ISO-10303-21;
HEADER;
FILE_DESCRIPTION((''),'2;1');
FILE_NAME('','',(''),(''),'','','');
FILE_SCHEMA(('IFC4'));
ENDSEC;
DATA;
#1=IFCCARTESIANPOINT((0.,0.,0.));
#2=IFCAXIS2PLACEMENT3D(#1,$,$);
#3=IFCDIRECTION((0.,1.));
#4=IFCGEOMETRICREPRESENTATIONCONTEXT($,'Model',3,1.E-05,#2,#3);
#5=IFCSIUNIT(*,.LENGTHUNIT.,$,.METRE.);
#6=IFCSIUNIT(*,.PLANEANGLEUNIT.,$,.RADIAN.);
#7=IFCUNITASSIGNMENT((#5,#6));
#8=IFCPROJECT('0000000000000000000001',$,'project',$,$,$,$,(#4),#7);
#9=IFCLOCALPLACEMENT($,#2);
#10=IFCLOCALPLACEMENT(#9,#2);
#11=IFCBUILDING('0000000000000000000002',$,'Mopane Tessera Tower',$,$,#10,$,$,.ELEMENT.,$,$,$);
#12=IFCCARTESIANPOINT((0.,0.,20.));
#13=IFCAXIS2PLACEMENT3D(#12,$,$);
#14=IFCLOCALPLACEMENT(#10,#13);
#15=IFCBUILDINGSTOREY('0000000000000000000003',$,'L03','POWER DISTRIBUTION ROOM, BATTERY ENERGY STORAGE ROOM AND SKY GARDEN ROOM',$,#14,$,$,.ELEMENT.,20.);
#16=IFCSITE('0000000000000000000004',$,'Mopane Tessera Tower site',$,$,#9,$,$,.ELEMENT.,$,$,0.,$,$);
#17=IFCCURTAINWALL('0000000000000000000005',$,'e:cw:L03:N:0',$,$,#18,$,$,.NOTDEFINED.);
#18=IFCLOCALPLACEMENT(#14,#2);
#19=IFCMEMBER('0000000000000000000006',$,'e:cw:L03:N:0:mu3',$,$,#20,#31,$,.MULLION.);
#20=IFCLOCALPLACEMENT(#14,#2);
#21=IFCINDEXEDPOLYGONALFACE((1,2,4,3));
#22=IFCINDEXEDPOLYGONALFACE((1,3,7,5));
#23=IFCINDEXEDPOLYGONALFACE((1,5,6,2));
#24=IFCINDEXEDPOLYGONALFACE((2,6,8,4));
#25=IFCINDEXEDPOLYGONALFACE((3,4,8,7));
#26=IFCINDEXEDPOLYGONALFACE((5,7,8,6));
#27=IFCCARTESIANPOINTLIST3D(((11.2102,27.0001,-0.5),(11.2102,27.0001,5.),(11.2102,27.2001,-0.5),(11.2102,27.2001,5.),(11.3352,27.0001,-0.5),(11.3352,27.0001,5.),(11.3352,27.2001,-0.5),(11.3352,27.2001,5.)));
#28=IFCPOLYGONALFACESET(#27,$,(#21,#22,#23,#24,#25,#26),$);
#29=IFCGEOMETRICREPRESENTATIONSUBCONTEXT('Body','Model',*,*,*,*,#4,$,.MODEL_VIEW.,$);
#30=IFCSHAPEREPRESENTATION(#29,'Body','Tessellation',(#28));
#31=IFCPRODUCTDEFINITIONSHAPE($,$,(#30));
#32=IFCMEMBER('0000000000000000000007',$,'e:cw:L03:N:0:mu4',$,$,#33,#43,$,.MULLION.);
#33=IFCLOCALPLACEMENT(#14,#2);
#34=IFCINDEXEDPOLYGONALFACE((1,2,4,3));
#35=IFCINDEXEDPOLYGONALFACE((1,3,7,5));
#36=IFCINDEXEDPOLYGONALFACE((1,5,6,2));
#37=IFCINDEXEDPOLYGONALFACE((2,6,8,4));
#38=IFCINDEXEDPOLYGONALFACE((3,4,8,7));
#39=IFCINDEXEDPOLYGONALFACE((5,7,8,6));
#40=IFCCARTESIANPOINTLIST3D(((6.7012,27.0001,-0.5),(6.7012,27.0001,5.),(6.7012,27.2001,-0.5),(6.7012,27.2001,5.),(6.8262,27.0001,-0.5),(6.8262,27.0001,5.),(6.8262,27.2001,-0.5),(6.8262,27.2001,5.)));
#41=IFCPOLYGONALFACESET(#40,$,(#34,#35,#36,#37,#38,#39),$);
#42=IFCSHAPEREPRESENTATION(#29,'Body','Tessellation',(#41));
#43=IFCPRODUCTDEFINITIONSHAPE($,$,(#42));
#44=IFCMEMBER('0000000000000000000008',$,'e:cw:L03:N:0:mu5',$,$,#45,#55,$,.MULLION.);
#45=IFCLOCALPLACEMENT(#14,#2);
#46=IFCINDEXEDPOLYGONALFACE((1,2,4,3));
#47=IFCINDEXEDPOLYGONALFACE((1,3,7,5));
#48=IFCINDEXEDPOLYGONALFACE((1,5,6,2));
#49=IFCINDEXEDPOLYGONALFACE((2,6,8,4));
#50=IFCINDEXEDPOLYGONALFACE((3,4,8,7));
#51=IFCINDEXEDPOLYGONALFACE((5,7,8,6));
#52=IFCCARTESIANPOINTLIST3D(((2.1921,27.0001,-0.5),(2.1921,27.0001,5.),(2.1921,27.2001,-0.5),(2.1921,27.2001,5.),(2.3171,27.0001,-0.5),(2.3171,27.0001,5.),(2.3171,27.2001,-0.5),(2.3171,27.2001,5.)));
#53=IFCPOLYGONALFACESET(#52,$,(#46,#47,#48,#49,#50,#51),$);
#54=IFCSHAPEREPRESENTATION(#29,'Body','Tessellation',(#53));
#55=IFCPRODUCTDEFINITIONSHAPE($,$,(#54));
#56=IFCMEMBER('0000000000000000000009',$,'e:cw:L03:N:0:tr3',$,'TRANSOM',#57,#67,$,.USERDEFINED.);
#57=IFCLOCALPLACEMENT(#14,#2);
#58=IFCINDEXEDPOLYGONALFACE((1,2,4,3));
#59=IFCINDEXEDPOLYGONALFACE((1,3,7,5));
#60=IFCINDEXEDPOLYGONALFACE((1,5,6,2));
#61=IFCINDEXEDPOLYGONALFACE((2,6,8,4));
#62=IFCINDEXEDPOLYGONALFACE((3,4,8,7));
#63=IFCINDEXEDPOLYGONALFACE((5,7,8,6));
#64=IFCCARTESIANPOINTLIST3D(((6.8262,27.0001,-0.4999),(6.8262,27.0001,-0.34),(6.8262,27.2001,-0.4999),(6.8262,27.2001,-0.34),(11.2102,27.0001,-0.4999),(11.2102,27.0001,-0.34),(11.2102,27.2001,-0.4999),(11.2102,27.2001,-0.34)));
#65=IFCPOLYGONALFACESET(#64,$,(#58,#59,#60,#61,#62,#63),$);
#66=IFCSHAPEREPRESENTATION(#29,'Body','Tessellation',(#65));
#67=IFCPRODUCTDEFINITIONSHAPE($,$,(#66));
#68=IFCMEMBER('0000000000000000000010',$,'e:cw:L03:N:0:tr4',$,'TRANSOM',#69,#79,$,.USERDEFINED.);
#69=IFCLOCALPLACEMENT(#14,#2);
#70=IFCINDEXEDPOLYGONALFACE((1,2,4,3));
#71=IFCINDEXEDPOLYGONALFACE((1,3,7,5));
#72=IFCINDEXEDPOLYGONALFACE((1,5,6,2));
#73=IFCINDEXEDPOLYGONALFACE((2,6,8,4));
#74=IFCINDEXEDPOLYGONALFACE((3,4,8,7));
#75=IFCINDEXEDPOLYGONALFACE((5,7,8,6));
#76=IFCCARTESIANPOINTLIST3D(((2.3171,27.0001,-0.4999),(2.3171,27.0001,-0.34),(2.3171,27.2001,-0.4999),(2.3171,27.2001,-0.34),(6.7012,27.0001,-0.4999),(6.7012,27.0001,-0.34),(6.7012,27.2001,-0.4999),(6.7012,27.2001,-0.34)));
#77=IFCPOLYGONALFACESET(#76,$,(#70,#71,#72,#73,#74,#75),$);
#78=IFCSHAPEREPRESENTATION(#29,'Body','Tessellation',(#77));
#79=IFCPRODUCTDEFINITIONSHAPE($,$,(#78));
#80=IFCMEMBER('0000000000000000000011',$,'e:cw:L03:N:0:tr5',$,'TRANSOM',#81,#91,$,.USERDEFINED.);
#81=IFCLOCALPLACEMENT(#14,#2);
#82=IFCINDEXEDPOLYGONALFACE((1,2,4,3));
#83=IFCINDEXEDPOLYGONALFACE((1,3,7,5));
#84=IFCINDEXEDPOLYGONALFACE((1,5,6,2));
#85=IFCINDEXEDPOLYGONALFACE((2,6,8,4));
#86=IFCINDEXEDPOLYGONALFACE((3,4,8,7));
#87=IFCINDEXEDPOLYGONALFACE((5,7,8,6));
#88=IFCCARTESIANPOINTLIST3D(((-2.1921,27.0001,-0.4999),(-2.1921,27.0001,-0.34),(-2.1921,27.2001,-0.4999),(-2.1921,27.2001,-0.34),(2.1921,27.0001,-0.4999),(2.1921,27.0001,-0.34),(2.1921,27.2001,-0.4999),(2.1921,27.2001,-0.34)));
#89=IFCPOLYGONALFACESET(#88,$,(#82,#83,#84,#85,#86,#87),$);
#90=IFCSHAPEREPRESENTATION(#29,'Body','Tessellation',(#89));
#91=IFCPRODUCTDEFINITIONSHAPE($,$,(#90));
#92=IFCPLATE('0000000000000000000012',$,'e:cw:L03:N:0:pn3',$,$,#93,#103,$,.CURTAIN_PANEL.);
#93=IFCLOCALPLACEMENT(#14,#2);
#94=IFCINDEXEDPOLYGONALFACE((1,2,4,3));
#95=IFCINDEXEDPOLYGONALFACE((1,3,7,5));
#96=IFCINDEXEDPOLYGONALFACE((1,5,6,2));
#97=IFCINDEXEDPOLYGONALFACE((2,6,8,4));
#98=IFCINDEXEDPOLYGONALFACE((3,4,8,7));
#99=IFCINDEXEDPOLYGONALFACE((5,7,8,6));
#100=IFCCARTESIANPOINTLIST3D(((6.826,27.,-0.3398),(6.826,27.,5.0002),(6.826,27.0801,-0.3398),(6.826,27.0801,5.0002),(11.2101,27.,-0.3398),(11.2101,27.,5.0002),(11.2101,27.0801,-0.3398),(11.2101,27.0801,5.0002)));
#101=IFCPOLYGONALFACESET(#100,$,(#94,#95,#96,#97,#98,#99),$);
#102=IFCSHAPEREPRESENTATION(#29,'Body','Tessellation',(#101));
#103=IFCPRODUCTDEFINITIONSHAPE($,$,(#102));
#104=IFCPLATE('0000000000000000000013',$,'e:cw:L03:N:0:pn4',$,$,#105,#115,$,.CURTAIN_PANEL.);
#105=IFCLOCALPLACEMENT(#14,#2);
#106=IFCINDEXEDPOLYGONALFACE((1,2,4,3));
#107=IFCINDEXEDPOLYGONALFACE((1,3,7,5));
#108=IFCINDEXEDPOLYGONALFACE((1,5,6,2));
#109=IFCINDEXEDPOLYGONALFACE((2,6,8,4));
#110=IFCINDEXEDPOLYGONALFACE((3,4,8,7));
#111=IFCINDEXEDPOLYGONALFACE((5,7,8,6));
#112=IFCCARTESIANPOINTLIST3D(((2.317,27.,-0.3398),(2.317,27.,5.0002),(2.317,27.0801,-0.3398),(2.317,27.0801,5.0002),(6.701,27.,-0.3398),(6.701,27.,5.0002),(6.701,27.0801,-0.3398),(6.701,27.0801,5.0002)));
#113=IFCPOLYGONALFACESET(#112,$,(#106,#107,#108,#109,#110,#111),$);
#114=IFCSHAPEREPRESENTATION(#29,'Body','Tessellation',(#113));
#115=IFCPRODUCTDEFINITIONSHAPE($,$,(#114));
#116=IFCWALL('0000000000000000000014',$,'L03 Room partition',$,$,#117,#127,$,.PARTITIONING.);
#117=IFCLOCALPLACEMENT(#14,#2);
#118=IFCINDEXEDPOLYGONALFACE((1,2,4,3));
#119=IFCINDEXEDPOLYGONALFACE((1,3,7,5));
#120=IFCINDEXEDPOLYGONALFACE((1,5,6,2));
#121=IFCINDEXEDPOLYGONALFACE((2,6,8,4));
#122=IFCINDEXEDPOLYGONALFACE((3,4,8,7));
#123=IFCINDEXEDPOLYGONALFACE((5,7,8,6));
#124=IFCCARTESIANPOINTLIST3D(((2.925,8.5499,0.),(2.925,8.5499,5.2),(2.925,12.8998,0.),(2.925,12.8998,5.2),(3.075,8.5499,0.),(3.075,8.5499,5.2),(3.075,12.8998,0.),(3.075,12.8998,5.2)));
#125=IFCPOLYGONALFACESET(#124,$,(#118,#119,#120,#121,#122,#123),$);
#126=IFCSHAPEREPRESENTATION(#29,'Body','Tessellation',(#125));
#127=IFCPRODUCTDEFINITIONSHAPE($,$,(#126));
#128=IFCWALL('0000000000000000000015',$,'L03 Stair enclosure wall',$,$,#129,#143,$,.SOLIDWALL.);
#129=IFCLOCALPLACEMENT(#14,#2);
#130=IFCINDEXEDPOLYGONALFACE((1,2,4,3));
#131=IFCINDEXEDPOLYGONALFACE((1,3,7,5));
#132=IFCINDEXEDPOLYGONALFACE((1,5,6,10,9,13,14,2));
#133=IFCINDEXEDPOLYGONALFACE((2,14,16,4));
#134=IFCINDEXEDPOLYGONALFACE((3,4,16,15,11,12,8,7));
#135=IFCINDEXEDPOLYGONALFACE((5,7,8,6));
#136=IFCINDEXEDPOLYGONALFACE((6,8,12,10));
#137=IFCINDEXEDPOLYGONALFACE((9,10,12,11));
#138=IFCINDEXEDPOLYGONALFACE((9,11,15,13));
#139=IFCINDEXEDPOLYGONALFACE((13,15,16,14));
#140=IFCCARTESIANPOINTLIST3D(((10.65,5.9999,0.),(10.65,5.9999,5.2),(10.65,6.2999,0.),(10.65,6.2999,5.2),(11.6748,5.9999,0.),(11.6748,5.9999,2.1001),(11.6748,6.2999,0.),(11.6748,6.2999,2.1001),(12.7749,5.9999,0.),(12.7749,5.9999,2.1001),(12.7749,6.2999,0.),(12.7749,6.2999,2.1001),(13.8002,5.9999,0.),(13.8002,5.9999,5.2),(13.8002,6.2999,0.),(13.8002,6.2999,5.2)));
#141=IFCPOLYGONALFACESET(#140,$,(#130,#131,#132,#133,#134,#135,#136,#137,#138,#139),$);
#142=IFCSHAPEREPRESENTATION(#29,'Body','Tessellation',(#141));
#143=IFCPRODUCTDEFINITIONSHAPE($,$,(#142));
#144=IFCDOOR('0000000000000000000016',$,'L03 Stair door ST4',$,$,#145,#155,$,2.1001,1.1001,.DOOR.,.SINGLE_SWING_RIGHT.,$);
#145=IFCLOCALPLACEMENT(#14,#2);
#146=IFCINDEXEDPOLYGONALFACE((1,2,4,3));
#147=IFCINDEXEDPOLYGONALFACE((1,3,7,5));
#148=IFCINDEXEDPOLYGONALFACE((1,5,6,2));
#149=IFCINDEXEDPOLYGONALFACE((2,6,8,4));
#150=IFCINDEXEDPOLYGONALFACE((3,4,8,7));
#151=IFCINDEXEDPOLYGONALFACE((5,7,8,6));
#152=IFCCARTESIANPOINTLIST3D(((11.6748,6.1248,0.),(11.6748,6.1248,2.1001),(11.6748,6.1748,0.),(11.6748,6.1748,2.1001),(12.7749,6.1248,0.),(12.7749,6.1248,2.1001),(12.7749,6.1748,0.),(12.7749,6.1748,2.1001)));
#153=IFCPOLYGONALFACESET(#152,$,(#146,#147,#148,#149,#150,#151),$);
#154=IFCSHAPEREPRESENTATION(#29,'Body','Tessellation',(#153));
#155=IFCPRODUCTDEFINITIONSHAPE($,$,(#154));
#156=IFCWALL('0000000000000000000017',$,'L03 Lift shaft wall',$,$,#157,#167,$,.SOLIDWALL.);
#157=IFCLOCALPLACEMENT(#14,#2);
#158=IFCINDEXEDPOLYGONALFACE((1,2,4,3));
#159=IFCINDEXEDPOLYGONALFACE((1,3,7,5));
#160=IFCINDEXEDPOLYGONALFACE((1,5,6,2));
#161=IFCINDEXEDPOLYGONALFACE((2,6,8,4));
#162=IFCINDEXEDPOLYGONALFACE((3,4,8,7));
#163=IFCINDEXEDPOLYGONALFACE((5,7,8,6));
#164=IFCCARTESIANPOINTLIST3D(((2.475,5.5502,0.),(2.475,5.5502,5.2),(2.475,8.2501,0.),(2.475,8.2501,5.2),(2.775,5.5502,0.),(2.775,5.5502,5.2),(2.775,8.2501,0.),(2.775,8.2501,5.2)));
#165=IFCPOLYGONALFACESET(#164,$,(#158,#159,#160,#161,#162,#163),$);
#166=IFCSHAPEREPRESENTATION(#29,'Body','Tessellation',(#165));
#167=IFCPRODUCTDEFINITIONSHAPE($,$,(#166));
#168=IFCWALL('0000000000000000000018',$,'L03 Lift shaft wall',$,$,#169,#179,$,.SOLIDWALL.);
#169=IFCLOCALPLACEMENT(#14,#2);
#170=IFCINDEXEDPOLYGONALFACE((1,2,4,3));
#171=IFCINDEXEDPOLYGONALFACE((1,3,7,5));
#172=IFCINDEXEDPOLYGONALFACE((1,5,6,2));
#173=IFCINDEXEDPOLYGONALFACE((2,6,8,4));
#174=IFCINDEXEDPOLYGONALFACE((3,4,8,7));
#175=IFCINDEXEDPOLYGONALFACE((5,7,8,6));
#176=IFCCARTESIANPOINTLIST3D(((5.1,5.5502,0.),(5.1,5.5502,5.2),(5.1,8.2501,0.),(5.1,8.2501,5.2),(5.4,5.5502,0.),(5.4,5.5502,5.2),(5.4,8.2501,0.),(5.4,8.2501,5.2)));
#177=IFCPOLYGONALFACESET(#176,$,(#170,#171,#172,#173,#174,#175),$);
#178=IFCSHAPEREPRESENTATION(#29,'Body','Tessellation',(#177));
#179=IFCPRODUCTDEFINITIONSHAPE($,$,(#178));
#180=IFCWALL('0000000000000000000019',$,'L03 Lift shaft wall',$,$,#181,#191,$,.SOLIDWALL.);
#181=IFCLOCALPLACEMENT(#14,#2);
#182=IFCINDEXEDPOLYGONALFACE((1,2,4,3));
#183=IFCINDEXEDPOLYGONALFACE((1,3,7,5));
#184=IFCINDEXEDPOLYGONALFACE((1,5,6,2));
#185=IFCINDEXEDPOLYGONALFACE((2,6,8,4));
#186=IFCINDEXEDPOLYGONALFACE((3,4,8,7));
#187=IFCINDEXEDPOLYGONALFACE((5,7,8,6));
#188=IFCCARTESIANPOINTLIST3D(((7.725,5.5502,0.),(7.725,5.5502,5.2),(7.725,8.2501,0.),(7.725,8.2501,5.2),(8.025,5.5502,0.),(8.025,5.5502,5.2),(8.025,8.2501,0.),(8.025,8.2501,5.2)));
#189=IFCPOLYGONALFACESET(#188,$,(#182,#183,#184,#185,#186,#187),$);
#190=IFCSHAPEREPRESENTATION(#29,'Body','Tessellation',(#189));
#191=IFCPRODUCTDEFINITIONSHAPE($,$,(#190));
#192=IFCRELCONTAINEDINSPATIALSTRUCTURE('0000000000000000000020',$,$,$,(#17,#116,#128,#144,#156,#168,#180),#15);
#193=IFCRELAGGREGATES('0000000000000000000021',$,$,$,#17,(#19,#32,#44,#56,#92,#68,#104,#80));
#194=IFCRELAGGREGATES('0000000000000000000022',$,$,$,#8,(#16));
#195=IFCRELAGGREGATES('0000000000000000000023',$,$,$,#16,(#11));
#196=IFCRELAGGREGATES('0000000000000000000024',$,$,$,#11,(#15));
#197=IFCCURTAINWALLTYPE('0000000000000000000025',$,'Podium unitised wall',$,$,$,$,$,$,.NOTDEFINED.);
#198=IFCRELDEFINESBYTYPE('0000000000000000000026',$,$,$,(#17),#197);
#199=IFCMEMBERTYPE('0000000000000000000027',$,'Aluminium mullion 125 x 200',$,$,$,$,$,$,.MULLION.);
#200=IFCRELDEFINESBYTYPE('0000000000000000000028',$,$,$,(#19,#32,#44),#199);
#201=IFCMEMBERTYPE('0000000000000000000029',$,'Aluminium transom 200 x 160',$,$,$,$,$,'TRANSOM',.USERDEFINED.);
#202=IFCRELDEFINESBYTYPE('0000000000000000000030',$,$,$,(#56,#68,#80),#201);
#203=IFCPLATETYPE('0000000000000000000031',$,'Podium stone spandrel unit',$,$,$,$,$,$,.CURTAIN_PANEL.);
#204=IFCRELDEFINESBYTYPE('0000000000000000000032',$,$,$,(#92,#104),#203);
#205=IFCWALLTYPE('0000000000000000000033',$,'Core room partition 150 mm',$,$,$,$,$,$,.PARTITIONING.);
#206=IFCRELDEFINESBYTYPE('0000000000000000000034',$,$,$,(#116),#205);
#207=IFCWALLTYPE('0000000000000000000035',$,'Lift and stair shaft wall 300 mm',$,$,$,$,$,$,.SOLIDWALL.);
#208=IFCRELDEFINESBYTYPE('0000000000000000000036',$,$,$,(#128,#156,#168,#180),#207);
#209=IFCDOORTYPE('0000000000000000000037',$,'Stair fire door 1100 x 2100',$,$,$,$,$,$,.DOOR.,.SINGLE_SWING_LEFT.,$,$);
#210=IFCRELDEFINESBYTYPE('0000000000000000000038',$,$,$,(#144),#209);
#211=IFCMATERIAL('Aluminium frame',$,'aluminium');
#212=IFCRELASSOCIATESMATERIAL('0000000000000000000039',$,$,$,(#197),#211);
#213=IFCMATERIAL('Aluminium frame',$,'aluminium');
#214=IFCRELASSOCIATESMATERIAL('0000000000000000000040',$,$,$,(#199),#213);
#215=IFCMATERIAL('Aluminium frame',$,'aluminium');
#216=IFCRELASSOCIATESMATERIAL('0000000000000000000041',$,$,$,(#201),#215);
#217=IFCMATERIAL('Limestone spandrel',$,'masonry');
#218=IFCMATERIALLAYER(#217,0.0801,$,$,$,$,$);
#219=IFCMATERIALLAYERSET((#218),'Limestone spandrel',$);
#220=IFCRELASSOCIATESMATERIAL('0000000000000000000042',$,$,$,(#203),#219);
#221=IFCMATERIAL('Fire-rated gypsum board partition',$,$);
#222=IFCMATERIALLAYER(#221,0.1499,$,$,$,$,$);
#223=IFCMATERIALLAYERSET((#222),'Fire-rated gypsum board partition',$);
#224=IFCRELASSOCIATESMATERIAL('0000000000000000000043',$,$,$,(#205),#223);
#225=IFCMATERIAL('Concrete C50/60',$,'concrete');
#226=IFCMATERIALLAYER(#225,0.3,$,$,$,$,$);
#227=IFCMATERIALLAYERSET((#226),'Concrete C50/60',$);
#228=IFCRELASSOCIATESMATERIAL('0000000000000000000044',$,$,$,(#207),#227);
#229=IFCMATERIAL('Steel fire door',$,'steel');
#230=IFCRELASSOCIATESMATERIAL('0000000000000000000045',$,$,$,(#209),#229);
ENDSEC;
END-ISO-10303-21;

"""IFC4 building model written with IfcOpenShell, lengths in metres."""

from ifc_helpers import new_model, si_unit, direction, frame, frame_2d, origin, origin_2d, place, context, subcontext, project, spatial, rectangle, extrude, material, layer, layer_set, material_profile, profile_set, type_object, element, fill, aggregate, save


model = new_model("IFC4")

# Units and contexts
model_context = context("Model", 3, precision=1e-05, world=origin(), true_north=direction((0.0, 1.0)))
body_context = subcontext(model_context, "Body", "Model", "MODEL_VIEW")
ifc_project = project(units=[si_unit("LENGTHUNIT", "METRE"), si_unit("PLANEANGLEUNIT", "RADIAN")], contexts=[model_context])

# Site, building, storey
site_placement = place(None, origin())
site = spatial("IfcSite", under=ifc_project, at=site_placement, Name="Mopane Tessera Tower site", CompositionType="ELEMENT", RefElevation=0.0)
building_placement = place(site_placement, origin())
building = spatial("IfcBuilding", under=site, at=building_placement, Name="Mopane Tessera Tower", CompositionType="ELEMENT")
storey_placement = place(building_placement, frame((0.0, 0.0, 20.0)))
storey = spatial("IfcBuildingStorey", under=building, at=storey_placement, Name="L03", Description="POWER DISTRIBUTION ROOM, BATTERY ENERGY STORAGE ROOM AND SKY GARDEN ROOM", CompositionType="ELEMENT", Elevation=20.0)

# Curtain wall, members, plates
ifc_material_1 = material(Name="Aluminium frame", Category="aluminium")
curtain_wall_type = type_object("IfcCurtainWallType", Name="Podium unitised wall", PredefinedType="NOTDEFINED", material=ifc_material_1)
curtain_wall_placement = place(storey_placement, origin())
curtain_wall = element("IfcCurtainWall", 1, at=curtain_wall_placement, inside=storey, type_object=curtain_wall_type, Name="e:cw:L03:N:0", PredefinedType="NOTDEFINED")
ifc_material_2 = material(Name="Aluminium frame", Category="aluminium")
ifc_material_profile_1 = material_profile(ifc_material_2, rectangle(XDim=0.125, YDim=0.2, at=origin_2d()))
ifc_profile_set_1 = profile_set([ifc_material_profile_1], Name="Aluminium frame")
member_type_1 = type_object("IfcMemberType", Name="Aluminium mullion 125 x 200", PredefinedType="MULLION", material=ifc_profile_set_1)
member_1_placement = place(storey_placement, frame((11.2727, 27.1001, -0.5), z_axis=(0.0, 0.0, 1.0), x_axis=(-1.0, 0.0, 0.0)))
member_1 = element("IfcMember", 2, at=member_1_placement, type_object=member_type_1, Name="e:cw:L03:N:0:mu3", PredefinedType="MULLION", context=body_context, shape_type="SweptSolid", body=[
    extrude(rectangle(XDim=0.125, YDim=0.2, at=origin_2d()), origin(), (0.0, 0.0, 1.0), 5.5),
])
member_2_placement = place(storey_placement, frame((6.7637, 27.1001, -0.5), z_axis=(0.0, 0.0, 1.0), x_axis=(-1.0, 0.0, 0.0)))
member_2 = element("IfcMember", 3, at=member_2_placement, type_object=member_type_1, Name="e:cw:L03:N:0:mu4", PredefinedType="MULLION", context=body_context, shape_type="SweptSolid", body=[
    extrude(rectangle(XDim=0.125, YDim=0.2, at=origin_2d()), origin(), (0.0, 0.0, 1.0), 5.5),
])
member_3_placement = place(storey_placement, frame((2.2546, 27.1001, -0.5), z_axis=(0.0, 0.0, 1.0), x_axis=(-1.0, 0.0, 0.0)))
member_3 = element("IfcMember", 4, at=member_3_placement, type_object=member_type_1, Name="e:cw:L03:N:0:mu5", PredefinedType="MULLION", context=body_context, shape_type="SweptSolid", body=[
    extrude(rectangle(XDim=0.125, YDim=0.2, at=origin_2d()), origin(), (0.0, 0.0, 1.0), 5.5),
])
ifc_material_3 = material(Name="Aluminium frame", Category="aluminium")
ifc_material_profile_2 = material_profile(ifc_material_3, rectangle(XDim=0.2, YDim=0.1599, at=origin_2d()))
ifc_profile_set_2 = profile_set([ifc_material_profile_2], Name="Aluminium frame")
member_type_2 = type_object("IfcMemberType", Name="Aluminium transom 200 x 160", ElementType="TRANSOM", PredefinedType="USERDEFINED", material=ifc_profile_set_2)
member_4_placement = place(storey_placement, frame((11.2102, 27.1001, -0.4199), z_axis=(-1.0, 0.0, 0.0), x_axis=(0.0, -1.0, 0.0)))
member_4 = element("IfcMember", 5, at=member_4_placement, type_object=member_type_2, Name="e:cw:L03:N:0:tr3", ObjectType="TRANSOM", PredefinedType="USERDEFINED", context=body_context, shape_type="SweptSolid", body=[
    extrude(rectangle(XDim=0.2, YDim=0.1599, at=origin_2d()), origin(), (0.0, 0.0, 1.0), 4.384),
])
member_5_placement = place(storey_placement, frame((6.7012, 27.1001, -0.4199), z_axis=(-1.0, 0.0, 0.0), x_axis=(0.0, -1.0, 0.0)))
member_5 = element("IfcMember", 6, at=member_5_placement, type_object=member_type_2, Name="e:cw:L03:N:0:tr4", ObjectType="TRANSOM", PredefinedType="USERDEFINED", context=body_context, shape_type="SweptSolid", body=[
    extrude(rectangle(XDim=0.2, YDim=0.1599, at=origin_2d()), origin(), (0.0, 0.0, 1.0), 4.384),
])
member_6_placement = place(storey_placement, frame((2.1921, 27.1001, -0.4199), z_axis=(-1.0, 0.0, 0.0), x_axis=(0.0, -1.0, 0.0)))
member_6 = element("IfcMember", 7, at=member_6_placement, type_object=member_type_2, Name="e:cw:L03:N:0:tr5", ObjectType="TRANSOM", PredefinedType="USERDEFINED", context=body_context, shape_type="SweptSolid", body=[
    extrude(rectangle(XDim=0.2, YDim=0.1599, at=origin_2d()), origin(), (0.0, 0.0, 1.0), 4.3843),
])
ifc_material_4 = material(Name="Limestone spandrel", Category="masonry")
ifc_layer_1 = layer(ifc_material_4, 0.0801)
ifc_layer_set_1 = layer_set([ifc_layer_1], Name="Limestone spandrel")
plate_type = type_object("IfcPlateType", Name="Podium stone spandrel unit", PredefinedType="CURTAIN_PANEL", material=ifc_layer_set_1)
plate_1_placement = place(storey_placement, frame((9.0181, 27.04, -0.3398), z_axis=(0.0, 0.0, 1.0), x_axis=(-1.0, 0.0, 0.0)))
plate_1 = element("IfcPlate", 8, at=plate_1_placement, type_object=plate_type, Name="e:cw:L03:N:0:pn3", PredefinedType="CURTAIN_PANEL", context=body_context, shape_type="SweptSolid", body=[
    extrude(rectangle(XDim=4.384, YDim=0.0801, at=origin_2d()), origin(), (0.0, 0.0, 1.0), 5.3401),
])
plate_2_placement = place(storey_placement, frame((4.509, 27.04, -0.3398), z_axis=(0.0, 0.0, 1.0), x_axis=(-1.0, 0.0, 0.0)))
plate_2 = element("IfcPlate", 9, at=plate_2_placement, type_object=plate_type, Name="e:cw:L03:N:0:pn4", PredefinedType="CURTAIN_PANEL", context=body_context, shape_type="SweptSolid", body=[
    extrude(rectangle(XDim=4.384, YDim=0.0801, at=origin_2d()), origin(), (0.0, 0.0, 1.0), 5.3401),
])
aggregate(curtain_wall, [member_1, member_2, member_3, member_4, plate_1, member_5, plate_2, member_6])

# Wall
ifc_material_5 = material(Name="Fire-rated gypsum board partition")
ifc_layer_2 = layer(ifc_material_5, 0.1499)
ifc_layer_set_2 = layer_set([ifc_layer_2], Name="Fire-rated gypsum board partition")
wall_type_1 = type_object("IfcWallType", Name="Core room partition 150 mm", PredefinedType="PARTITIONING", material=ifc_layer_set_2)
wall_1_placement = place(storey_placement, frame((3.0, 8.55, 0.0), z_axis=(0.0, 0.0, 1.0), x_axis=(0.0, 1.0, 0.0)))
element("IfcWall", 10, at=wall_1_placement, inside=storey, type_object=wall_type_1, Name="L03 Room partition", PredefinedType="PARTITIONING", context=body_context, shape_type="SweptSolid", body=[
    extrude(rectangle(XDim=4.3499, YDim=0.1499, at=frame_2d((2.1748, 0.0))), origin(), (0.0, 0.0, 1.0), 5.2),
])

# Wall, opening, door
ifc_material_6 = material(Name="Concrete C50/60", Category="concrete")
ifc_layer_3 = layer(ifc_material_6, 0.3)
ifc_layer_set_3 = layer_set([ifc_layer_3], Name="Concrete C50/60")
wall_type_2 = type_object("IfcWallType", Name="Lift and stair shaft wall 300 mm", PredefinedType="SOLIDWALL", material=ifc_layer_set_3)
wall_2_placement = place(storey_placement, frame((10.6499, 6.1499, 0.0), z_axis=(0.0, 0.0, 1.0), x_axis=(1.0, 0.0, 0.0)))
wall_2 = element("IfcWall", 11, at=wall_2_placement, inside=storey, type_object=wall_type_2, Name="L03 Stair enclosure wall", PredefinedType="SOLIDWALL", context=body_context, shape_type="SweptSolid", body=[
    extrude(rectangle(XDim=3.1501, YDim=0.3, at=frame_2d((1.5752, 0.0))), origin(), (0.0, 0.0, 1.0), 5.2),
])
opening_placement = place(wall_2_placement, frame((1.0249, 0.0, 0.0)))
opening = element("IfcOpeningElement", 12, at=opening_placement, cuts=wall_2, PredefinedType="OPENING", context=body_context, shape_type="SweptSolid", body=[
    extrude(rectangle(XDim=1.1001, YDim=2.1001, at=frame_2d((0.55, 1.05))), frame((0.0, 0.1621, 0.0), z_axis=(0.0, -1.0, 0.0), x_axis=(1.0, 0.0, 0.0)), (0.0, 0.0, 1.0), 0.324),
])
ifc_material_7 = material(Name="Steel fire door", Category="steel")
door_type = type_object("IfcDoorType", Name="Stair fire door 1100 x 2100", OperationType="SINGLE_SWING_LEFT", PredefinedType="DOOR", material=ifc_material_7)
door_placement = place(opening_placement, origin())
door = element("IfcDoor", 13, at=door_placement, inside=storey, type_object=door_type, Name="L03 Stair door ST4", OperationType="SINGLE_SWING_RIGHT", OverallHeight=2.1001, OverallWidth=1.1001, PredefinedType="DOOR", context=body_context, shape_type="SweptSolid", body=[
    extrude(rectangle(XDim=1.1001, YDim=2.1001, at=frame_2d((0.55, 1.05))), frame((0.0, 0.0249, 0.0), z_axis=(0.0, -1.0, 0.0), x_axis=(1.0, 0.0, 0.0)), (0.0, 0.0, 1.0), 0.05),
])
fill(opening, door)

# Walls
for number, where, z_axis, x_axis, name in (
    (14, (2.625, 5.55, 0.0), (0.0, 0.0, 1.0), (0.0, 1.0, 0.0), "L03 Lift shaft wall"),
    (15, (5.25, 5.55, 0.0), (0.0, 0.0, 1.0), (0.0, 1.0, 0.0), "L03 Lift shaft wall"),
    (16, (7.875, 5.55, 0.0), (0.0, 0.0, 1.0), (0.0, 1.0, 0.0), "L03 Lift shaft wall"),
):
    element("IfcWall", number, at=place(storey_placement, frame(where, z_axis=z_axis, x_axis=x_axis)), inside=storey, type_object=wall_type_2, Name=name, PredefinedType="SOLIDWALL", context=body_context, shape_type="SweptSolid", body=[
        extrude(rectangle(XDim=2.7, YDim=0.3, at=frame_2d((1.3501, 0.0))), origin(), (0.0, 0.0, 1.0), 5.2),
    ])

save(model, "model.ifc")
